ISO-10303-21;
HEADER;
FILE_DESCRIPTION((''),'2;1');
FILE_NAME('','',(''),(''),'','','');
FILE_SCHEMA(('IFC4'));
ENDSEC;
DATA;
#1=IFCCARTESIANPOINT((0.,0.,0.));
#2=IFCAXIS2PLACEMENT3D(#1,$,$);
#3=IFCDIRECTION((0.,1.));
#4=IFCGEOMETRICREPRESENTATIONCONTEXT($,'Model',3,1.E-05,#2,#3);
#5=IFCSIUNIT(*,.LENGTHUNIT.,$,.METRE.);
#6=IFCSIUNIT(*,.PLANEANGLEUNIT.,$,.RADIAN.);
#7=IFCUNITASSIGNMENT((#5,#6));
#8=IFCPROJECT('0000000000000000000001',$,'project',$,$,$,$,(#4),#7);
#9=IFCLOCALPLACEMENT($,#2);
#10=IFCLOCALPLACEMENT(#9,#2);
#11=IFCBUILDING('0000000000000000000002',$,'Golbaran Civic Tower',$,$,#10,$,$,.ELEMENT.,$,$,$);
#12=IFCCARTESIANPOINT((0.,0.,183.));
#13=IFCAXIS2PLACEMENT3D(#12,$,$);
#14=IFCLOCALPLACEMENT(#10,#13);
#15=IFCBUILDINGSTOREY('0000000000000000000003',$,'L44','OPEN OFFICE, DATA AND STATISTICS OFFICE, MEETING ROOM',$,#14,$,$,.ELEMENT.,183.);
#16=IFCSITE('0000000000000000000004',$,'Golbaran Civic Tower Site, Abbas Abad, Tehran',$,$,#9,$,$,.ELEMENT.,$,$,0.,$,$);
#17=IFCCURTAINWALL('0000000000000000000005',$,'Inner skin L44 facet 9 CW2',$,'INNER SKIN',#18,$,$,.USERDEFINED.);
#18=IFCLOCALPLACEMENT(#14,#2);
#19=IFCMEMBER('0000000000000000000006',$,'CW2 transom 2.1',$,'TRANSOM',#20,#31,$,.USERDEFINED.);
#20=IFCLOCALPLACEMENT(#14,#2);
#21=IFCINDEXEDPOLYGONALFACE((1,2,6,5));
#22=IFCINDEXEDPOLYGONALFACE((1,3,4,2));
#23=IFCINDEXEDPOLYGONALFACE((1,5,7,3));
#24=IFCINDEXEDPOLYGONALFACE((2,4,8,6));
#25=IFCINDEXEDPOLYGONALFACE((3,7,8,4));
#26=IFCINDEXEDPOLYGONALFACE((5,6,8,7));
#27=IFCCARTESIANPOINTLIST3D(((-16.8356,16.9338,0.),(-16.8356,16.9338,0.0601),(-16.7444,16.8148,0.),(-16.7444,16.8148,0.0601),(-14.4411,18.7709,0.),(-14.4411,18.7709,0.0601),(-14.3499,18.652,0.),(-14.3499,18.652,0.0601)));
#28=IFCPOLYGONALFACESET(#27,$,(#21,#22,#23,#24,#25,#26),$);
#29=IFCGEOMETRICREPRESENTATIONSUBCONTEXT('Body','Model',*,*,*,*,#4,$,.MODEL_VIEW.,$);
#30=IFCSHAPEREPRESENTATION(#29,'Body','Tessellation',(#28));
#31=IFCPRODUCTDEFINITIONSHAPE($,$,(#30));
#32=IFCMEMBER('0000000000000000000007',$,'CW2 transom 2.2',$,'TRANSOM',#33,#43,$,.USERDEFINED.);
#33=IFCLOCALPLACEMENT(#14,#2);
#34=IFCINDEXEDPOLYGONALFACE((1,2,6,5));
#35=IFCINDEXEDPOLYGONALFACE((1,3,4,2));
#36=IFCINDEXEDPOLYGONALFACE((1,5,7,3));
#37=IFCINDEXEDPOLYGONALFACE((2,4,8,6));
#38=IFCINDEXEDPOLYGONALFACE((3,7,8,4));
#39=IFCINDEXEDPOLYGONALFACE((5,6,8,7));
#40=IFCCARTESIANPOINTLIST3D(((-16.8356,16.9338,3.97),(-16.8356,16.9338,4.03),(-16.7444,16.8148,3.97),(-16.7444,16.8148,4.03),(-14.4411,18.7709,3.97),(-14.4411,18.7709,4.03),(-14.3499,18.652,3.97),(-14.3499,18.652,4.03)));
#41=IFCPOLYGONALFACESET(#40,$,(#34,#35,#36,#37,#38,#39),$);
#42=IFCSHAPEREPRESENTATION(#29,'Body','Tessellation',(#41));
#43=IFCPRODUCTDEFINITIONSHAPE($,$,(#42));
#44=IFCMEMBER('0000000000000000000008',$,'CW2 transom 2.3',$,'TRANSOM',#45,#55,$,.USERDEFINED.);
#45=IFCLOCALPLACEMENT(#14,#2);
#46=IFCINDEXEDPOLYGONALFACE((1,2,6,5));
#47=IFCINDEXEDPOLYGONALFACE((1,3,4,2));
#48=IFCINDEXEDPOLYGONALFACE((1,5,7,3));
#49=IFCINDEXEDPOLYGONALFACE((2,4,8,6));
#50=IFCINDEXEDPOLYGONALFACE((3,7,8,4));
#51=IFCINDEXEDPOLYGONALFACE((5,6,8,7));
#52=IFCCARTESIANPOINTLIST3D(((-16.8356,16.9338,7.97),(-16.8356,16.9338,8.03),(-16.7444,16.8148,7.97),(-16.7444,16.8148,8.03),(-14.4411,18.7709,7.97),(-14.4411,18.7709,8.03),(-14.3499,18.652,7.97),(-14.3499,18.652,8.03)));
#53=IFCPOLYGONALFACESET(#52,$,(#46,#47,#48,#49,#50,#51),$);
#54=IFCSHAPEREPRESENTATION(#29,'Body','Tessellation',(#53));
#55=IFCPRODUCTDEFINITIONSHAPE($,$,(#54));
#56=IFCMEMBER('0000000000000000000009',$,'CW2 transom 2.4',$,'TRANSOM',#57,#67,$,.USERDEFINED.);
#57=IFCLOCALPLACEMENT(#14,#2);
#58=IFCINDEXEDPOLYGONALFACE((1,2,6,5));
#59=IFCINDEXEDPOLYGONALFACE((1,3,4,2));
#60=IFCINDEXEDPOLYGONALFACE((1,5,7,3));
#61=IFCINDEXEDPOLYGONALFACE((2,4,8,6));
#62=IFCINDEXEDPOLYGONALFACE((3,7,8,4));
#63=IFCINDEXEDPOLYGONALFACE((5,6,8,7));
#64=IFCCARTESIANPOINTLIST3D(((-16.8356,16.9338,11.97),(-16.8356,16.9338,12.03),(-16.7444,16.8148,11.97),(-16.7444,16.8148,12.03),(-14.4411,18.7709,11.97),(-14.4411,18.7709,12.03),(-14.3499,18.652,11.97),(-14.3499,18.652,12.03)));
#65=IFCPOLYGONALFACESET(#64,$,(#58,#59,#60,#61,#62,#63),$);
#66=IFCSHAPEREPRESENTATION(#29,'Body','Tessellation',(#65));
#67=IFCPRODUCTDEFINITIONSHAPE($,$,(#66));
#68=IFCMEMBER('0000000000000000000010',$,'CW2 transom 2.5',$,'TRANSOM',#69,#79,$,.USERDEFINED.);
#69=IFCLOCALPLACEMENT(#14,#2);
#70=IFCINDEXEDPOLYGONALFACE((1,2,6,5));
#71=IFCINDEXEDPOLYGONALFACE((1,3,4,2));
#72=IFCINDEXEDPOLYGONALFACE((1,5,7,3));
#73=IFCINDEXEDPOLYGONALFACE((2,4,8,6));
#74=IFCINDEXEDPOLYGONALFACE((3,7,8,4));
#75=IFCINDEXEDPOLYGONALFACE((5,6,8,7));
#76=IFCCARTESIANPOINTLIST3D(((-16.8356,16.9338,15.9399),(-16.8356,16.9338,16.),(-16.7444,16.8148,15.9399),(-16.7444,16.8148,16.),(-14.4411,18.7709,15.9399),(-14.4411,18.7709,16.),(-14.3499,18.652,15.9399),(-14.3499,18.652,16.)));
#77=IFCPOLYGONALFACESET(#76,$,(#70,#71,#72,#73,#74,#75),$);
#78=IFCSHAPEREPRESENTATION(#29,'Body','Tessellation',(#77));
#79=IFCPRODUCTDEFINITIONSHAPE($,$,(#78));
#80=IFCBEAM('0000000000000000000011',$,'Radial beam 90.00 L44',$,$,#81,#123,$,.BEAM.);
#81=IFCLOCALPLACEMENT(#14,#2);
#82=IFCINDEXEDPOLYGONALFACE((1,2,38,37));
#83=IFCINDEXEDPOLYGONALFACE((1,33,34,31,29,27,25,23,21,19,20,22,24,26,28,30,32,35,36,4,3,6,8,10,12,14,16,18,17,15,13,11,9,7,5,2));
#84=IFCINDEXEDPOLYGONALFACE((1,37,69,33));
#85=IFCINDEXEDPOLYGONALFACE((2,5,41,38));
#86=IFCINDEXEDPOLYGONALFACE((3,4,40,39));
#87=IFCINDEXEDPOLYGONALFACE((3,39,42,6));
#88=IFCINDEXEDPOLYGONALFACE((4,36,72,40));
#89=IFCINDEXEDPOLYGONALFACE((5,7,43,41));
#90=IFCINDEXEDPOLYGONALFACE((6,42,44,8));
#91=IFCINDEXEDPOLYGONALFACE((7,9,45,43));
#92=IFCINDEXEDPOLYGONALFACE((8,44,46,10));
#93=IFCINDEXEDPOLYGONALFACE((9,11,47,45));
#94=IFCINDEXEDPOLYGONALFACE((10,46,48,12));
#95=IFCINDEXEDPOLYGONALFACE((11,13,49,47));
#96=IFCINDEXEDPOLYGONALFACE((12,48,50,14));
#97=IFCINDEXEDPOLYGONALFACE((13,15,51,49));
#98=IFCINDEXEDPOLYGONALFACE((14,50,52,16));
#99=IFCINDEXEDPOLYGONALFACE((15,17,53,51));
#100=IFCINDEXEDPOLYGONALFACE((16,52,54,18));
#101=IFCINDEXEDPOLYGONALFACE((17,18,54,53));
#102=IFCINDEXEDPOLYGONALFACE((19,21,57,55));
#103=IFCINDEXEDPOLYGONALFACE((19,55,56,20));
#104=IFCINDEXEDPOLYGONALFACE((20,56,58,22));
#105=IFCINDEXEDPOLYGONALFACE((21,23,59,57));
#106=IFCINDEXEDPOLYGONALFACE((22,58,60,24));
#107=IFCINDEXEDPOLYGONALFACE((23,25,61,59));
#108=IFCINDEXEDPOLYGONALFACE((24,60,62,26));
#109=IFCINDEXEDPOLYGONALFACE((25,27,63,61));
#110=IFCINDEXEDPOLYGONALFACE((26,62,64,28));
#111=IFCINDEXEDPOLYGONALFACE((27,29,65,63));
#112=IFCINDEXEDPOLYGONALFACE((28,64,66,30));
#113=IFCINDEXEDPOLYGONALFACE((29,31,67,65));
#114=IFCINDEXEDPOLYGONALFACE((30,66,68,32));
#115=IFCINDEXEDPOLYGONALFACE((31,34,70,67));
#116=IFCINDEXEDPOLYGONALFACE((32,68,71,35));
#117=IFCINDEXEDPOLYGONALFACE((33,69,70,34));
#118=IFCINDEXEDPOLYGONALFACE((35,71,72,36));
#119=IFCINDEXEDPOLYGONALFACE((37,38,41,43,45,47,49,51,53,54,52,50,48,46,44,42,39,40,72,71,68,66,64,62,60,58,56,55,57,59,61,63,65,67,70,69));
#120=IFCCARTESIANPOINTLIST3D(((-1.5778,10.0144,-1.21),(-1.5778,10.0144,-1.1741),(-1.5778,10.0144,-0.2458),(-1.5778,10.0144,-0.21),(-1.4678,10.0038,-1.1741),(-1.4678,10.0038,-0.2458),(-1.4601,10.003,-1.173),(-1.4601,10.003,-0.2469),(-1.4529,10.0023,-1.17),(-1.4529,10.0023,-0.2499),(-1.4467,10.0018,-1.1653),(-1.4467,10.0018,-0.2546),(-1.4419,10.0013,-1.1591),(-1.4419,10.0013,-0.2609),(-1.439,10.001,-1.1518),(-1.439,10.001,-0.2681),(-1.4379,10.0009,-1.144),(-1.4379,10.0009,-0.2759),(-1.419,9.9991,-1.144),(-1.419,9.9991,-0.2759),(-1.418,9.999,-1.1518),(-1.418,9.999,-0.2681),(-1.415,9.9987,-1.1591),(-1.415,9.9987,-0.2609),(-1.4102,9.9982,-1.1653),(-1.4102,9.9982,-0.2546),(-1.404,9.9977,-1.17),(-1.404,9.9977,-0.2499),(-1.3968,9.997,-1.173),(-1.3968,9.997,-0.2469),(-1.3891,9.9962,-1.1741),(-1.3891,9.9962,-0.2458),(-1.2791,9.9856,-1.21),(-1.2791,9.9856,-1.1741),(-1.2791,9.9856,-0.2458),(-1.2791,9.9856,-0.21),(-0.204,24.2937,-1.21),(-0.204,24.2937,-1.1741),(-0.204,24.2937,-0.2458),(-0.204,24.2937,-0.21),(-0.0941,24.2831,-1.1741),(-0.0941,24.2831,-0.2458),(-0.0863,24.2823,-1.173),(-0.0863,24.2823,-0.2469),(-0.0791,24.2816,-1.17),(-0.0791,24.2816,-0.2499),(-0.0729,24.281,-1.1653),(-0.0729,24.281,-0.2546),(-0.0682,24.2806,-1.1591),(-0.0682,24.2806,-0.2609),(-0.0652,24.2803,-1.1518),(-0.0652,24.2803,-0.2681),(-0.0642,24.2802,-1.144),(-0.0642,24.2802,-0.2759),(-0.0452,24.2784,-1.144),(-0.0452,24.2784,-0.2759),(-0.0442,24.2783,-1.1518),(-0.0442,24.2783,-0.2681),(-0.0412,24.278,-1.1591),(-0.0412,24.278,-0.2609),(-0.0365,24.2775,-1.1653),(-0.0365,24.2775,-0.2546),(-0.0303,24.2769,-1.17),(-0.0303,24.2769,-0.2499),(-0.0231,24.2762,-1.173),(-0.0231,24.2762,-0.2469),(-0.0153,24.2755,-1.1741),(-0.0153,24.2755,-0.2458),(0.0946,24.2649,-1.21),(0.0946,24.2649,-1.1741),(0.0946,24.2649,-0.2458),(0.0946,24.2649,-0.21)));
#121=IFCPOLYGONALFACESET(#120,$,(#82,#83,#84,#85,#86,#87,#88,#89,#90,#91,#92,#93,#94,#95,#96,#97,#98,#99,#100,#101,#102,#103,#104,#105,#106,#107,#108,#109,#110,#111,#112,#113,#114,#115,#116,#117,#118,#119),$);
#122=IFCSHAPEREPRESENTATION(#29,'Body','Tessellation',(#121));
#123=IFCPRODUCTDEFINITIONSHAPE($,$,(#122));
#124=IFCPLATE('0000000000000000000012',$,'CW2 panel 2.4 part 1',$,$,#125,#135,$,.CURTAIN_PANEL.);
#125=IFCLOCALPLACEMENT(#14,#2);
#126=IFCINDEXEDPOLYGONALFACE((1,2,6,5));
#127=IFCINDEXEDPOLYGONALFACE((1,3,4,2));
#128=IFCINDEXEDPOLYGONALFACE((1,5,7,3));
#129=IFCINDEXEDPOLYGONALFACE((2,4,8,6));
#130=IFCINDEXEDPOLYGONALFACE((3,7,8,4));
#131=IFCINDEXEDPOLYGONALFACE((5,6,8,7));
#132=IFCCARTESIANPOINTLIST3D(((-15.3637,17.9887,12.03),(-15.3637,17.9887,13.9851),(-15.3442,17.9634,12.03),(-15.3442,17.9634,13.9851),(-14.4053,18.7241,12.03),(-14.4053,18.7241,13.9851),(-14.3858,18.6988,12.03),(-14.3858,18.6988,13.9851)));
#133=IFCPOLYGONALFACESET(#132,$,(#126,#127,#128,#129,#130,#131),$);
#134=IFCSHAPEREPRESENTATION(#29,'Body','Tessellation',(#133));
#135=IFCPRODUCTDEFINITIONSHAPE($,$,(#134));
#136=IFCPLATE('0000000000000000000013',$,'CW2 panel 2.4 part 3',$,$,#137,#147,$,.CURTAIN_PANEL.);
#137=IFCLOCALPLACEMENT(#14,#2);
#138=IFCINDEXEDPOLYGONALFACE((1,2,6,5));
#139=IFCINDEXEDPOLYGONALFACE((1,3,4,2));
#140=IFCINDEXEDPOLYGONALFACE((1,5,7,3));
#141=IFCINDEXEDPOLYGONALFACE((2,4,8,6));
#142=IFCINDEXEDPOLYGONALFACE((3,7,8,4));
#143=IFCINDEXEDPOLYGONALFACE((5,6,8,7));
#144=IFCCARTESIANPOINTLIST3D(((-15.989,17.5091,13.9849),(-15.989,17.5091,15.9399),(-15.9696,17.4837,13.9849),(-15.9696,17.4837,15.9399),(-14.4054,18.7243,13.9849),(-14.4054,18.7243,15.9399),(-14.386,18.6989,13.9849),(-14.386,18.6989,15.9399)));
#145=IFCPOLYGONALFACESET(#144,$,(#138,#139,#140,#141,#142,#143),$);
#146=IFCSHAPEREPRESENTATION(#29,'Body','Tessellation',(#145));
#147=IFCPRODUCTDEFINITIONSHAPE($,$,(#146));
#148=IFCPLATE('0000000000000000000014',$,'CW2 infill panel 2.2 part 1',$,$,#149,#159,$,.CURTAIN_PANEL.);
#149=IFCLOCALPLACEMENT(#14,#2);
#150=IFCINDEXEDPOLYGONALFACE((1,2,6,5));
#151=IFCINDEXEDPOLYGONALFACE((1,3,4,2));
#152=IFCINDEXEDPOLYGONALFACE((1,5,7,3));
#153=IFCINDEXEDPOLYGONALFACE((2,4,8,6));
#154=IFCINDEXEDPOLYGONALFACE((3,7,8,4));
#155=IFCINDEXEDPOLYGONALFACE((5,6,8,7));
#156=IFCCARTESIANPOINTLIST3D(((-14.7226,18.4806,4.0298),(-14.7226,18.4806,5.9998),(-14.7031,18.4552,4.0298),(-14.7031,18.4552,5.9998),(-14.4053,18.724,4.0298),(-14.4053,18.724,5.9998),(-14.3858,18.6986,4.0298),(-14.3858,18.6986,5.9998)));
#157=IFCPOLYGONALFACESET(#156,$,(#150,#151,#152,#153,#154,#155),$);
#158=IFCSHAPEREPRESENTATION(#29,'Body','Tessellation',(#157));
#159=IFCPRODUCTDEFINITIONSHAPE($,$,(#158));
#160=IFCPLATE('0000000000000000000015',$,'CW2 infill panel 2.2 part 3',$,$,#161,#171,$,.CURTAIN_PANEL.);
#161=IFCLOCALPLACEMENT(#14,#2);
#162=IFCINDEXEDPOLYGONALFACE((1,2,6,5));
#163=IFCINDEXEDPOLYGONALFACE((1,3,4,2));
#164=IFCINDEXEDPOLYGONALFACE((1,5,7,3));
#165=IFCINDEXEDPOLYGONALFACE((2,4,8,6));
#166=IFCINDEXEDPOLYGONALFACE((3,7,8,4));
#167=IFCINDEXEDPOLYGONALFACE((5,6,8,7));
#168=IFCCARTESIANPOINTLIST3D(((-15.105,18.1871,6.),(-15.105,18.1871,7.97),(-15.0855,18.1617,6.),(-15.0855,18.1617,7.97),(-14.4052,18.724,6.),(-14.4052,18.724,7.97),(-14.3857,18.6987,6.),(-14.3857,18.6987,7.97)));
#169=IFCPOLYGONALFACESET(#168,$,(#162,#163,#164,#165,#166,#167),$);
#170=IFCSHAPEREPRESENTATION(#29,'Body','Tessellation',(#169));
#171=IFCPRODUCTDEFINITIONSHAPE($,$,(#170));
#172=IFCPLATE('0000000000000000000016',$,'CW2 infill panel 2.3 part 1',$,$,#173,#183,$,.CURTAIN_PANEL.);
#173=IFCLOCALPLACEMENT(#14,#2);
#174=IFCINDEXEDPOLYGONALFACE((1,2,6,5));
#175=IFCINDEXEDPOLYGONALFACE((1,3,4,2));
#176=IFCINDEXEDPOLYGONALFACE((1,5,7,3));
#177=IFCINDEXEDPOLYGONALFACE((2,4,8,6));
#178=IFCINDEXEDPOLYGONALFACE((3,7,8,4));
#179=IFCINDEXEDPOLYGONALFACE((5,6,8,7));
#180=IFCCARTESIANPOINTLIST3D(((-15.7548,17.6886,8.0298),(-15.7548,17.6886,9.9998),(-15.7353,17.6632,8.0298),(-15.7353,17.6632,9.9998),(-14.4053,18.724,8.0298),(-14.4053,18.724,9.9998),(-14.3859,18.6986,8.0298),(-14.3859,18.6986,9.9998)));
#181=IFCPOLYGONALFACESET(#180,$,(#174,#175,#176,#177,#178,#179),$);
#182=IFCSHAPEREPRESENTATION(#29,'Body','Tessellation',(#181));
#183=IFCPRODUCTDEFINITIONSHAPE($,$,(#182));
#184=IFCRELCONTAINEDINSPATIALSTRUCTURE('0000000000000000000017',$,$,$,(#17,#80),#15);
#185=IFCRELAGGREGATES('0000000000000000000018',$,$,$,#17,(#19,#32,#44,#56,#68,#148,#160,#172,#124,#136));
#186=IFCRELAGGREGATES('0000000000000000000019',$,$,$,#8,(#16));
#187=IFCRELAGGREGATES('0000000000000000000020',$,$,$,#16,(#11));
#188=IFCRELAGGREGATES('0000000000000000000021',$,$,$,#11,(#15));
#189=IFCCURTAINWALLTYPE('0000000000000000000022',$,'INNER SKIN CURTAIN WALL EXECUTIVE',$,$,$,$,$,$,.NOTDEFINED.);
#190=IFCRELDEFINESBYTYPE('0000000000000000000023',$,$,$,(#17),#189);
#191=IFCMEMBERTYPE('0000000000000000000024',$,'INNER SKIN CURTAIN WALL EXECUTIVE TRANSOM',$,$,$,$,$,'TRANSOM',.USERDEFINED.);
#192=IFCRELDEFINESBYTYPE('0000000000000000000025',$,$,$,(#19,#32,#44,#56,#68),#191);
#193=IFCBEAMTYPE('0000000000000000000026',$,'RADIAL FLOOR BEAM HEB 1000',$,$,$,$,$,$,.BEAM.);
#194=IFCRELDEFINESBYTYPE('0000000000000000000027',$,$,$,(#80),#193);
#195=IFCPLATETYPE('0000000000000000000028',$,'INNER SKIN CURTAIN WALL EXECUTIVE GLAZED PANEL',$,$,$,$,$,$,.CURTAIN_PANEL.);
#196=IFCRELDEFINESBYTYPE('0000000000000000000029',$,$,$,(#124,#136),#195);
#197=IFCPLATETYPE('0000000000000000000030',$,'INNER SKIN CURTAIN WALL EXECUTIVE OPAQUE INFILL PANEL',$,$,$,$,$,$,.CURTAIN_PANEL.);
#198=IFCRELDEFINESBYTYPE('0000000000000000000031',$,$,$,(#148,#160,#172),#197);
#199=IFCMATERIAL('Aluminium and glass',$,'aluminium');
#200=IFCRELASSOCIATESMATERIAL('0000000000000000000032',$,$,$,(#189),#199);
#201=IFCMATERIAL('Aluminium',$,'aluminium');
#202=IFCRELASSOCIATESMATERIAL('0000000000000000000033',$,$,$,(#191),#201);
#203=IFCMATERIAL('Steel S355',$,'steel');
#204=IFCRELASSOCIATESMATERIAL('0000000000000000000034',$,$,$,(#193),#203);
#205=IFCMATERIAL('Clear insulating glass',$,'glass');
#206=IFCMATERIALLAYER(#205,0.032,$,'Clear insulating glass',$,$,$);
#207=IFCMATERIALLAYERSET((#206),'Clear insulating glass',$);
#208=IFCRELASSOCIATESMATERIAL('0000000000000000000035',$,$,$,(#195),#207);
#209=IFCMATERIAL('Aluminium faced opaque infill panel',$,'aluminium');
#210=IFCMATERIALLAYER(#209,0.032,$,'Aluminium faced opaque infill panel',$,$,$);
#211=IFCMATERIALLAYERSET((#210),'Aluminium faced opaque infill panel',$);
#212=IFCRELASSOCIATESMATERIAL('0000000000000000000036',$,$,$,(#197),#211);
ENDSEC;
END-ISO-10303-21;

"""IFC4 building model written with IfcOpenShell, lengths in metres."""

from ifc_helpers import new_model, si_unit, direction, frame, origin, origin_2d, place, context, subcontext, project, spatial, rectangle, i_section, extrude, material, layer, layer_set, material_profile, profile_set, type_object, element, aggregate, save


model = new_model("IFC4")

# Units and contexts
model_context = context("Model", 3, precision=1e-05, world=origin(), true_north=direction((0.0, 1.0)))
body_context = subcontext(model_context, "Body", "Model", "MODEL_VIEW")
ifc_project = project(units=[si_unit("LENGTHUNIT", "METRE"), si_unit("PLANEANGLEUNIT", "RADIAN")], contexts=[model_context])

# Site, building, storey
site_placement = place(None, origin())
site = spatial("IfcSite", under=ifc_project, at=site_placement, Name="Golbaran Civic Tower Site, Abbas Abad, Tehran", CompositionType="ELEMENT", RefElevation=0.0)
building_placement = place(site_placement, origin())
building = spatial("IfcBuilding", under=site, at=building_placement, Name="Golbaran Civic Tower", CompositionType="ELEMENT")
storey_placement = place(building_placement, frame((0.0, 0.0, 183.0)))
storey = spatial("IfcBuildingStorey", under=building, at=storey_placement, Name="L44", Description="OPEN OFFICE, DATA AND STATISTICS OFFICE, MEETING ROOM", CompositionType="ELEMENT", Elevation=183.0)

# Shared definitions
ifc_material_1 = material(Name="Steel S355", Category="steel")

# Curtain wall, members
ifc_material_2 = material(Name="Aluminium and glass", Category="aluminium")
curtain_wall_type = type_object("IfcCurtainWallType", Name="INNER SKIN CURTAIN WALL EXECUTIVE", PredefinedType="NOTDEFINED", material=ifc_material_2)
curtain_wall_placement = place(storey_placement, origin())
curtain_wall = element("IfcCurtainWall", 1, at=curtain_wall_placement, inside=storey, type_object=curtain_wall_type, Name="Inner skin L44 facet 9 CW2", ObjectType="INNER SKIN", PredefinedType="USERDEFINED")
ifc_material_3 = material(Name="Aluminium", Category="aluminium")
ifc_material_profile_1 = material_profile(ifc_material_3, rectangle(XDim=0.1499, YDim=0.0601, at=origin_2d()), Name="INNER SKIN CURTAIN WALL EXECUTIVE TRANSOM")
ifc_profile_set_1 = profile_set([ifc_material_profile_1], Name="Aluminium")
member_type = type_object("IfcMemberType", Name="INNER SKIN CURTAIN WALL EXECUTIVE TRANSOM", ElementType="TRANSOM", PredefinedType="USERDEFINED", material=ifc_profile_set_1)
member_1_placement = place(storey_placement, frame((-14.3955, 18.7114, 0.03), z_axis=(-0.79339, -0.608713, 0.0), x_axis=(0.608713, -0.79339, 0.0)))
member_1 = element("IfcMember", 2, at=member_1_placement, type_object=member_type, Name="CW2 transom 2.1", ObjectType="TRANSOM", PredefinedType="USERDEFINED", context=body_context, shape_type="SweptSolid", body=[
    extrude(rectangle(XDim=0.1499, YDim=0.0601, at=origin_2d()), origin(), (0.0, 0.0, 1.0), 3.0181),
])
member_2_placement = place(storey_placement, frame((-14.3955, 18.7114, 4.0), z_axis=(-0.79339, -0.608713, 0.0), x_axis=(0.608713, -0.79339, 0.0)))
member_2 = element("IfcMember", 3, at=member_2_placement, type_object=member_type, Name="CW2 transom 2.2", ObjectType="TRANSOM", PredefinedType="USERDEFINED", context=body_context, shape_type="SweptSolid", body=[
    extrude(rectangle(XDim=0.1499, YDim=0.0601, at=origin_2d()), origin(), (0.0, 0.0, 1.0), 3.0181),
])
member_3_placement = place(storey_placement, frame((-14.3955, 18.7114, 8.0), z_axis=(-0.79339, -0.608713, 0.0), x_axis=(0.608713, -0.79339, 0.0)))
member_3 = element("IfcMember", 4, at=member_3_placement, type_object=member_type, Name="CW2 transom 2.3", ObjectType="TRANSOM", PredefinedType="USERDEFINED", context=body_context, shape_type="SweptSolid", body=[
    extrude(rectangle(XDim=0.1499, YDim=0.0601, at=origin_2d()), origin(), (0.0, 0.0, 1.0), 3.0181),
])
member_4_placement = place(storey_placement, frame((-14.3955, 18.7114, 12.0), z_axis=(-0.79339, -0.608713, 0.0), x_axis=(0.608713, -0.79339, 0.0)))
member_4 = element("IfcMember", 5, at=member_4_placement, type_object=member_type, Name="CW2 transom 2.4", ObjectType="TRANSOM", PredefinedType="USERDEFINED", context=body_context, shape_type="SweptSolid", body=[
    extrude(rectangle(XDim=0.1499, YDim=0.0601, at=origin_2d()), origin(), (0.0, 0.0, 1.0), 3.0181),
])
member_5_placement = place(storey_placement, frame((-14.3955, 18.7114, 15.97), z_axis=(-0.79339, -0.608713, 0.0), x_axis=(0.608713, -0.79339, 0.0)))
member_5 = element("IfcMember", 6, at=member_5_placement, type_object=member_type, Name="CW2 transom 2.5", ObjectType="TRANSOM", PredefinedType="USERDEFINED", context=body_context, shape_type="SweptSolid", body=[
    extrude(rectangle(XDim=0.1499, YDim=0.0601, at=origin_2d()), origin(), (0.0, 0.0, 1.0), 3.0181),
])

# Beam
ifc_material_profile_2 = material_profile(ifc_material_1, i_section(OverallWidth=0.3, OverallDepth=1.0, WebThickness=0.019, FlangeThickness=0.0359, FilletRadius=0.03, at=origin_2d()), Name="HEB 1000")
ifc_profile_set_2 = profile_set([ifc_material_profile_2], Name="Steel S355")
beam_type_1 = type_object("IfcBeamType", Name="RADIAL FLOOR BEAM HEB 1000", PredefinedType="BEAM", material=ifc_profile_set_2)
beam_1_placement = place(storey_placement, frame((-1.4285, 10.0, -0.71), z_axis=(0.095766, 0.995404, 0.0), x_axis=(-0.995404, 0.095766, 0.0)))
element("IfcBeam", 7, at=beam_1_placement, inside=storey, type_object=beam_type_1, Name="Radial beam 90.00 L44", PredefinedType="BEAM", context=body_context, shape_type="SweptSolid", body=[
    extrude(i_section(OverallWidth=0.3, OverallDepth=1.0, WebThickness=0.019, FlangeThickness=0.0359, FilletRadius=0.03, at=origin_2d()), origin(), (0.0, 0.0, 1.0), 14.3452),
])

# Plates
ifc_material_4 = material(Name="Clear insulating glass", Category="glass")
ifc_layer_1 = layer(ifc_material_4, 0.032, Name="Clear insulating glass")
ifc_layer_set_1 = layer_set([ifc_layer_1], Name="Clear insulating glass")
plate_type_1 = type_object("IfcPlateType", Name="INNER SKIN CURTAIN WALL EXECUTIVE GLAZED PANEL", PredefinedType="CURTAIN_PANEL", material=ifc_layer_set_1)
plate_1_placement = place(storey_placement, frame((-14.8748, 18.3438, 12.03), z_axis=(0.0, 0.0, 1.0), x_axis=(-0.793353, -0.608761, 0.0)))
plate_1 = element("IfcPlate", 8, at=plate_1_placement, type_object=plate_type_1, Name="CW2 panel 2.4 part 1", PredefinedType="CURTAIN_PANEL", context=body_context, shape_type="SweptSolid", body=[
    extrude(rectangle(XDim=1.208, YDim=0.032, at=origin_2d()), origin(), (0.0, 0.0, 1.0), 1.9551),
])
plate_2_placement = place(storey_placement, frame((-15.1875, 18.104, 13.9849), z_axis=(0.0, 0.0, 1.0), x_axis=(-0.793353, -0.608761, 0.0)))
plate_2 = element("IfcPlate", 9, at=plate_2_placement, type_object=plate_type_1, Name="CW2 panel 2.4 part 3", PredefinedType="CURTAIN_PANEL", context=body_context, shape_type="SweptSolid", body=[
    extrude(rectangle(XDim=1.9961, YDim=0.032, at=origin_2d()), origin(), (0.0, 0.0, 1.0), 1.9551),
])
ifc_material_5 = material(Name="Aluminium faced opaque infill panel", Category="aluminium")
ifc_layer_2 = layer(ifc_material_5, 0.032, Name="Aluminium faced opaque infill panel")
ifc_layer_set_2 = layer_set([ifc_layer_2], Name="Aluminium faced opaque infill panel")
plate_type_2 = type_object("IfcPlateType", Name="INNER SKIN CURTAIN WALL EXECUTIVE OPAQUE INFILL PANEL", PredefinedType="CURTAIN_PANEL", material=ifc_layer_set_2)
plate_3_placement = place(storey_placement, frame((-14.5542, 18.5896, 4.0298), z_axis=(0.0, 0.0, 1.0), x_axis=(-0.793353, -0.608761, 0.0)))
plate_3 = element("IfcPlate", 10, at=plate_3_placement, type_object=plate_type_2, Name="CW2 infill panel 2.2 part 1", PredefinedType="CURTAIN_PANEL", context=body_context, shape_type="SweptSolid", body=[
    extrude(rectangle(XDim=0.3999, YDim=0.032, at=origin_2d()), origin(), (0.0, 0.0, 1.0), 1.97),
])
plate_4_placement = place(storey_placement, frame((-14.7454, 18.4429, 6.0), z_axis=(0.0, 0.0, 1.0), x_axis=(-0.793353, -0.608761, 0.0)))
plate_4 = element("IfcPlate", 11, at=plate_4_placement, type_object=plate_type_2, Name="CW2 infill panel 2.2 part 3", PredefinedType="CURTAIN_PANEL", context=body_context, shape_type="SweptSolid", body=[
    extrude(rectangle(XDim=0.8821, YDim=0.032, at=origin_2d()), origin(), (0.0, 0.0, 1.0), 1.97),
])
plate_5_placement = place(storey_placement, frame((-15.0703, 18.1936, 8.0298), z_axis=(0.0, 0.0, 1.0), x_axis=(-0.793353, -0.608761, 0.0)))
plate_5 = element("IfcPlate", 12, at=plate_5_placement, type_object=plate_type_2, Name="CW2 infill panel 2.3 part 1", PredefinedType="CURTAIN_PANEL", context=body_context, shape_type="SweptSolid", body=[
    extrude(rectangle(XDim=1.7009, YDim=0.032, at=origin_2d()), origin(), (0.0, 0.0, 1.0), 1.97),
])
aggregate(curtain_wall, [member_1, member_2, member_3, member_4, member_5, plate_3, plate_4, plate_5, plate_1, plate_2])

save(model, "model.ifc")
